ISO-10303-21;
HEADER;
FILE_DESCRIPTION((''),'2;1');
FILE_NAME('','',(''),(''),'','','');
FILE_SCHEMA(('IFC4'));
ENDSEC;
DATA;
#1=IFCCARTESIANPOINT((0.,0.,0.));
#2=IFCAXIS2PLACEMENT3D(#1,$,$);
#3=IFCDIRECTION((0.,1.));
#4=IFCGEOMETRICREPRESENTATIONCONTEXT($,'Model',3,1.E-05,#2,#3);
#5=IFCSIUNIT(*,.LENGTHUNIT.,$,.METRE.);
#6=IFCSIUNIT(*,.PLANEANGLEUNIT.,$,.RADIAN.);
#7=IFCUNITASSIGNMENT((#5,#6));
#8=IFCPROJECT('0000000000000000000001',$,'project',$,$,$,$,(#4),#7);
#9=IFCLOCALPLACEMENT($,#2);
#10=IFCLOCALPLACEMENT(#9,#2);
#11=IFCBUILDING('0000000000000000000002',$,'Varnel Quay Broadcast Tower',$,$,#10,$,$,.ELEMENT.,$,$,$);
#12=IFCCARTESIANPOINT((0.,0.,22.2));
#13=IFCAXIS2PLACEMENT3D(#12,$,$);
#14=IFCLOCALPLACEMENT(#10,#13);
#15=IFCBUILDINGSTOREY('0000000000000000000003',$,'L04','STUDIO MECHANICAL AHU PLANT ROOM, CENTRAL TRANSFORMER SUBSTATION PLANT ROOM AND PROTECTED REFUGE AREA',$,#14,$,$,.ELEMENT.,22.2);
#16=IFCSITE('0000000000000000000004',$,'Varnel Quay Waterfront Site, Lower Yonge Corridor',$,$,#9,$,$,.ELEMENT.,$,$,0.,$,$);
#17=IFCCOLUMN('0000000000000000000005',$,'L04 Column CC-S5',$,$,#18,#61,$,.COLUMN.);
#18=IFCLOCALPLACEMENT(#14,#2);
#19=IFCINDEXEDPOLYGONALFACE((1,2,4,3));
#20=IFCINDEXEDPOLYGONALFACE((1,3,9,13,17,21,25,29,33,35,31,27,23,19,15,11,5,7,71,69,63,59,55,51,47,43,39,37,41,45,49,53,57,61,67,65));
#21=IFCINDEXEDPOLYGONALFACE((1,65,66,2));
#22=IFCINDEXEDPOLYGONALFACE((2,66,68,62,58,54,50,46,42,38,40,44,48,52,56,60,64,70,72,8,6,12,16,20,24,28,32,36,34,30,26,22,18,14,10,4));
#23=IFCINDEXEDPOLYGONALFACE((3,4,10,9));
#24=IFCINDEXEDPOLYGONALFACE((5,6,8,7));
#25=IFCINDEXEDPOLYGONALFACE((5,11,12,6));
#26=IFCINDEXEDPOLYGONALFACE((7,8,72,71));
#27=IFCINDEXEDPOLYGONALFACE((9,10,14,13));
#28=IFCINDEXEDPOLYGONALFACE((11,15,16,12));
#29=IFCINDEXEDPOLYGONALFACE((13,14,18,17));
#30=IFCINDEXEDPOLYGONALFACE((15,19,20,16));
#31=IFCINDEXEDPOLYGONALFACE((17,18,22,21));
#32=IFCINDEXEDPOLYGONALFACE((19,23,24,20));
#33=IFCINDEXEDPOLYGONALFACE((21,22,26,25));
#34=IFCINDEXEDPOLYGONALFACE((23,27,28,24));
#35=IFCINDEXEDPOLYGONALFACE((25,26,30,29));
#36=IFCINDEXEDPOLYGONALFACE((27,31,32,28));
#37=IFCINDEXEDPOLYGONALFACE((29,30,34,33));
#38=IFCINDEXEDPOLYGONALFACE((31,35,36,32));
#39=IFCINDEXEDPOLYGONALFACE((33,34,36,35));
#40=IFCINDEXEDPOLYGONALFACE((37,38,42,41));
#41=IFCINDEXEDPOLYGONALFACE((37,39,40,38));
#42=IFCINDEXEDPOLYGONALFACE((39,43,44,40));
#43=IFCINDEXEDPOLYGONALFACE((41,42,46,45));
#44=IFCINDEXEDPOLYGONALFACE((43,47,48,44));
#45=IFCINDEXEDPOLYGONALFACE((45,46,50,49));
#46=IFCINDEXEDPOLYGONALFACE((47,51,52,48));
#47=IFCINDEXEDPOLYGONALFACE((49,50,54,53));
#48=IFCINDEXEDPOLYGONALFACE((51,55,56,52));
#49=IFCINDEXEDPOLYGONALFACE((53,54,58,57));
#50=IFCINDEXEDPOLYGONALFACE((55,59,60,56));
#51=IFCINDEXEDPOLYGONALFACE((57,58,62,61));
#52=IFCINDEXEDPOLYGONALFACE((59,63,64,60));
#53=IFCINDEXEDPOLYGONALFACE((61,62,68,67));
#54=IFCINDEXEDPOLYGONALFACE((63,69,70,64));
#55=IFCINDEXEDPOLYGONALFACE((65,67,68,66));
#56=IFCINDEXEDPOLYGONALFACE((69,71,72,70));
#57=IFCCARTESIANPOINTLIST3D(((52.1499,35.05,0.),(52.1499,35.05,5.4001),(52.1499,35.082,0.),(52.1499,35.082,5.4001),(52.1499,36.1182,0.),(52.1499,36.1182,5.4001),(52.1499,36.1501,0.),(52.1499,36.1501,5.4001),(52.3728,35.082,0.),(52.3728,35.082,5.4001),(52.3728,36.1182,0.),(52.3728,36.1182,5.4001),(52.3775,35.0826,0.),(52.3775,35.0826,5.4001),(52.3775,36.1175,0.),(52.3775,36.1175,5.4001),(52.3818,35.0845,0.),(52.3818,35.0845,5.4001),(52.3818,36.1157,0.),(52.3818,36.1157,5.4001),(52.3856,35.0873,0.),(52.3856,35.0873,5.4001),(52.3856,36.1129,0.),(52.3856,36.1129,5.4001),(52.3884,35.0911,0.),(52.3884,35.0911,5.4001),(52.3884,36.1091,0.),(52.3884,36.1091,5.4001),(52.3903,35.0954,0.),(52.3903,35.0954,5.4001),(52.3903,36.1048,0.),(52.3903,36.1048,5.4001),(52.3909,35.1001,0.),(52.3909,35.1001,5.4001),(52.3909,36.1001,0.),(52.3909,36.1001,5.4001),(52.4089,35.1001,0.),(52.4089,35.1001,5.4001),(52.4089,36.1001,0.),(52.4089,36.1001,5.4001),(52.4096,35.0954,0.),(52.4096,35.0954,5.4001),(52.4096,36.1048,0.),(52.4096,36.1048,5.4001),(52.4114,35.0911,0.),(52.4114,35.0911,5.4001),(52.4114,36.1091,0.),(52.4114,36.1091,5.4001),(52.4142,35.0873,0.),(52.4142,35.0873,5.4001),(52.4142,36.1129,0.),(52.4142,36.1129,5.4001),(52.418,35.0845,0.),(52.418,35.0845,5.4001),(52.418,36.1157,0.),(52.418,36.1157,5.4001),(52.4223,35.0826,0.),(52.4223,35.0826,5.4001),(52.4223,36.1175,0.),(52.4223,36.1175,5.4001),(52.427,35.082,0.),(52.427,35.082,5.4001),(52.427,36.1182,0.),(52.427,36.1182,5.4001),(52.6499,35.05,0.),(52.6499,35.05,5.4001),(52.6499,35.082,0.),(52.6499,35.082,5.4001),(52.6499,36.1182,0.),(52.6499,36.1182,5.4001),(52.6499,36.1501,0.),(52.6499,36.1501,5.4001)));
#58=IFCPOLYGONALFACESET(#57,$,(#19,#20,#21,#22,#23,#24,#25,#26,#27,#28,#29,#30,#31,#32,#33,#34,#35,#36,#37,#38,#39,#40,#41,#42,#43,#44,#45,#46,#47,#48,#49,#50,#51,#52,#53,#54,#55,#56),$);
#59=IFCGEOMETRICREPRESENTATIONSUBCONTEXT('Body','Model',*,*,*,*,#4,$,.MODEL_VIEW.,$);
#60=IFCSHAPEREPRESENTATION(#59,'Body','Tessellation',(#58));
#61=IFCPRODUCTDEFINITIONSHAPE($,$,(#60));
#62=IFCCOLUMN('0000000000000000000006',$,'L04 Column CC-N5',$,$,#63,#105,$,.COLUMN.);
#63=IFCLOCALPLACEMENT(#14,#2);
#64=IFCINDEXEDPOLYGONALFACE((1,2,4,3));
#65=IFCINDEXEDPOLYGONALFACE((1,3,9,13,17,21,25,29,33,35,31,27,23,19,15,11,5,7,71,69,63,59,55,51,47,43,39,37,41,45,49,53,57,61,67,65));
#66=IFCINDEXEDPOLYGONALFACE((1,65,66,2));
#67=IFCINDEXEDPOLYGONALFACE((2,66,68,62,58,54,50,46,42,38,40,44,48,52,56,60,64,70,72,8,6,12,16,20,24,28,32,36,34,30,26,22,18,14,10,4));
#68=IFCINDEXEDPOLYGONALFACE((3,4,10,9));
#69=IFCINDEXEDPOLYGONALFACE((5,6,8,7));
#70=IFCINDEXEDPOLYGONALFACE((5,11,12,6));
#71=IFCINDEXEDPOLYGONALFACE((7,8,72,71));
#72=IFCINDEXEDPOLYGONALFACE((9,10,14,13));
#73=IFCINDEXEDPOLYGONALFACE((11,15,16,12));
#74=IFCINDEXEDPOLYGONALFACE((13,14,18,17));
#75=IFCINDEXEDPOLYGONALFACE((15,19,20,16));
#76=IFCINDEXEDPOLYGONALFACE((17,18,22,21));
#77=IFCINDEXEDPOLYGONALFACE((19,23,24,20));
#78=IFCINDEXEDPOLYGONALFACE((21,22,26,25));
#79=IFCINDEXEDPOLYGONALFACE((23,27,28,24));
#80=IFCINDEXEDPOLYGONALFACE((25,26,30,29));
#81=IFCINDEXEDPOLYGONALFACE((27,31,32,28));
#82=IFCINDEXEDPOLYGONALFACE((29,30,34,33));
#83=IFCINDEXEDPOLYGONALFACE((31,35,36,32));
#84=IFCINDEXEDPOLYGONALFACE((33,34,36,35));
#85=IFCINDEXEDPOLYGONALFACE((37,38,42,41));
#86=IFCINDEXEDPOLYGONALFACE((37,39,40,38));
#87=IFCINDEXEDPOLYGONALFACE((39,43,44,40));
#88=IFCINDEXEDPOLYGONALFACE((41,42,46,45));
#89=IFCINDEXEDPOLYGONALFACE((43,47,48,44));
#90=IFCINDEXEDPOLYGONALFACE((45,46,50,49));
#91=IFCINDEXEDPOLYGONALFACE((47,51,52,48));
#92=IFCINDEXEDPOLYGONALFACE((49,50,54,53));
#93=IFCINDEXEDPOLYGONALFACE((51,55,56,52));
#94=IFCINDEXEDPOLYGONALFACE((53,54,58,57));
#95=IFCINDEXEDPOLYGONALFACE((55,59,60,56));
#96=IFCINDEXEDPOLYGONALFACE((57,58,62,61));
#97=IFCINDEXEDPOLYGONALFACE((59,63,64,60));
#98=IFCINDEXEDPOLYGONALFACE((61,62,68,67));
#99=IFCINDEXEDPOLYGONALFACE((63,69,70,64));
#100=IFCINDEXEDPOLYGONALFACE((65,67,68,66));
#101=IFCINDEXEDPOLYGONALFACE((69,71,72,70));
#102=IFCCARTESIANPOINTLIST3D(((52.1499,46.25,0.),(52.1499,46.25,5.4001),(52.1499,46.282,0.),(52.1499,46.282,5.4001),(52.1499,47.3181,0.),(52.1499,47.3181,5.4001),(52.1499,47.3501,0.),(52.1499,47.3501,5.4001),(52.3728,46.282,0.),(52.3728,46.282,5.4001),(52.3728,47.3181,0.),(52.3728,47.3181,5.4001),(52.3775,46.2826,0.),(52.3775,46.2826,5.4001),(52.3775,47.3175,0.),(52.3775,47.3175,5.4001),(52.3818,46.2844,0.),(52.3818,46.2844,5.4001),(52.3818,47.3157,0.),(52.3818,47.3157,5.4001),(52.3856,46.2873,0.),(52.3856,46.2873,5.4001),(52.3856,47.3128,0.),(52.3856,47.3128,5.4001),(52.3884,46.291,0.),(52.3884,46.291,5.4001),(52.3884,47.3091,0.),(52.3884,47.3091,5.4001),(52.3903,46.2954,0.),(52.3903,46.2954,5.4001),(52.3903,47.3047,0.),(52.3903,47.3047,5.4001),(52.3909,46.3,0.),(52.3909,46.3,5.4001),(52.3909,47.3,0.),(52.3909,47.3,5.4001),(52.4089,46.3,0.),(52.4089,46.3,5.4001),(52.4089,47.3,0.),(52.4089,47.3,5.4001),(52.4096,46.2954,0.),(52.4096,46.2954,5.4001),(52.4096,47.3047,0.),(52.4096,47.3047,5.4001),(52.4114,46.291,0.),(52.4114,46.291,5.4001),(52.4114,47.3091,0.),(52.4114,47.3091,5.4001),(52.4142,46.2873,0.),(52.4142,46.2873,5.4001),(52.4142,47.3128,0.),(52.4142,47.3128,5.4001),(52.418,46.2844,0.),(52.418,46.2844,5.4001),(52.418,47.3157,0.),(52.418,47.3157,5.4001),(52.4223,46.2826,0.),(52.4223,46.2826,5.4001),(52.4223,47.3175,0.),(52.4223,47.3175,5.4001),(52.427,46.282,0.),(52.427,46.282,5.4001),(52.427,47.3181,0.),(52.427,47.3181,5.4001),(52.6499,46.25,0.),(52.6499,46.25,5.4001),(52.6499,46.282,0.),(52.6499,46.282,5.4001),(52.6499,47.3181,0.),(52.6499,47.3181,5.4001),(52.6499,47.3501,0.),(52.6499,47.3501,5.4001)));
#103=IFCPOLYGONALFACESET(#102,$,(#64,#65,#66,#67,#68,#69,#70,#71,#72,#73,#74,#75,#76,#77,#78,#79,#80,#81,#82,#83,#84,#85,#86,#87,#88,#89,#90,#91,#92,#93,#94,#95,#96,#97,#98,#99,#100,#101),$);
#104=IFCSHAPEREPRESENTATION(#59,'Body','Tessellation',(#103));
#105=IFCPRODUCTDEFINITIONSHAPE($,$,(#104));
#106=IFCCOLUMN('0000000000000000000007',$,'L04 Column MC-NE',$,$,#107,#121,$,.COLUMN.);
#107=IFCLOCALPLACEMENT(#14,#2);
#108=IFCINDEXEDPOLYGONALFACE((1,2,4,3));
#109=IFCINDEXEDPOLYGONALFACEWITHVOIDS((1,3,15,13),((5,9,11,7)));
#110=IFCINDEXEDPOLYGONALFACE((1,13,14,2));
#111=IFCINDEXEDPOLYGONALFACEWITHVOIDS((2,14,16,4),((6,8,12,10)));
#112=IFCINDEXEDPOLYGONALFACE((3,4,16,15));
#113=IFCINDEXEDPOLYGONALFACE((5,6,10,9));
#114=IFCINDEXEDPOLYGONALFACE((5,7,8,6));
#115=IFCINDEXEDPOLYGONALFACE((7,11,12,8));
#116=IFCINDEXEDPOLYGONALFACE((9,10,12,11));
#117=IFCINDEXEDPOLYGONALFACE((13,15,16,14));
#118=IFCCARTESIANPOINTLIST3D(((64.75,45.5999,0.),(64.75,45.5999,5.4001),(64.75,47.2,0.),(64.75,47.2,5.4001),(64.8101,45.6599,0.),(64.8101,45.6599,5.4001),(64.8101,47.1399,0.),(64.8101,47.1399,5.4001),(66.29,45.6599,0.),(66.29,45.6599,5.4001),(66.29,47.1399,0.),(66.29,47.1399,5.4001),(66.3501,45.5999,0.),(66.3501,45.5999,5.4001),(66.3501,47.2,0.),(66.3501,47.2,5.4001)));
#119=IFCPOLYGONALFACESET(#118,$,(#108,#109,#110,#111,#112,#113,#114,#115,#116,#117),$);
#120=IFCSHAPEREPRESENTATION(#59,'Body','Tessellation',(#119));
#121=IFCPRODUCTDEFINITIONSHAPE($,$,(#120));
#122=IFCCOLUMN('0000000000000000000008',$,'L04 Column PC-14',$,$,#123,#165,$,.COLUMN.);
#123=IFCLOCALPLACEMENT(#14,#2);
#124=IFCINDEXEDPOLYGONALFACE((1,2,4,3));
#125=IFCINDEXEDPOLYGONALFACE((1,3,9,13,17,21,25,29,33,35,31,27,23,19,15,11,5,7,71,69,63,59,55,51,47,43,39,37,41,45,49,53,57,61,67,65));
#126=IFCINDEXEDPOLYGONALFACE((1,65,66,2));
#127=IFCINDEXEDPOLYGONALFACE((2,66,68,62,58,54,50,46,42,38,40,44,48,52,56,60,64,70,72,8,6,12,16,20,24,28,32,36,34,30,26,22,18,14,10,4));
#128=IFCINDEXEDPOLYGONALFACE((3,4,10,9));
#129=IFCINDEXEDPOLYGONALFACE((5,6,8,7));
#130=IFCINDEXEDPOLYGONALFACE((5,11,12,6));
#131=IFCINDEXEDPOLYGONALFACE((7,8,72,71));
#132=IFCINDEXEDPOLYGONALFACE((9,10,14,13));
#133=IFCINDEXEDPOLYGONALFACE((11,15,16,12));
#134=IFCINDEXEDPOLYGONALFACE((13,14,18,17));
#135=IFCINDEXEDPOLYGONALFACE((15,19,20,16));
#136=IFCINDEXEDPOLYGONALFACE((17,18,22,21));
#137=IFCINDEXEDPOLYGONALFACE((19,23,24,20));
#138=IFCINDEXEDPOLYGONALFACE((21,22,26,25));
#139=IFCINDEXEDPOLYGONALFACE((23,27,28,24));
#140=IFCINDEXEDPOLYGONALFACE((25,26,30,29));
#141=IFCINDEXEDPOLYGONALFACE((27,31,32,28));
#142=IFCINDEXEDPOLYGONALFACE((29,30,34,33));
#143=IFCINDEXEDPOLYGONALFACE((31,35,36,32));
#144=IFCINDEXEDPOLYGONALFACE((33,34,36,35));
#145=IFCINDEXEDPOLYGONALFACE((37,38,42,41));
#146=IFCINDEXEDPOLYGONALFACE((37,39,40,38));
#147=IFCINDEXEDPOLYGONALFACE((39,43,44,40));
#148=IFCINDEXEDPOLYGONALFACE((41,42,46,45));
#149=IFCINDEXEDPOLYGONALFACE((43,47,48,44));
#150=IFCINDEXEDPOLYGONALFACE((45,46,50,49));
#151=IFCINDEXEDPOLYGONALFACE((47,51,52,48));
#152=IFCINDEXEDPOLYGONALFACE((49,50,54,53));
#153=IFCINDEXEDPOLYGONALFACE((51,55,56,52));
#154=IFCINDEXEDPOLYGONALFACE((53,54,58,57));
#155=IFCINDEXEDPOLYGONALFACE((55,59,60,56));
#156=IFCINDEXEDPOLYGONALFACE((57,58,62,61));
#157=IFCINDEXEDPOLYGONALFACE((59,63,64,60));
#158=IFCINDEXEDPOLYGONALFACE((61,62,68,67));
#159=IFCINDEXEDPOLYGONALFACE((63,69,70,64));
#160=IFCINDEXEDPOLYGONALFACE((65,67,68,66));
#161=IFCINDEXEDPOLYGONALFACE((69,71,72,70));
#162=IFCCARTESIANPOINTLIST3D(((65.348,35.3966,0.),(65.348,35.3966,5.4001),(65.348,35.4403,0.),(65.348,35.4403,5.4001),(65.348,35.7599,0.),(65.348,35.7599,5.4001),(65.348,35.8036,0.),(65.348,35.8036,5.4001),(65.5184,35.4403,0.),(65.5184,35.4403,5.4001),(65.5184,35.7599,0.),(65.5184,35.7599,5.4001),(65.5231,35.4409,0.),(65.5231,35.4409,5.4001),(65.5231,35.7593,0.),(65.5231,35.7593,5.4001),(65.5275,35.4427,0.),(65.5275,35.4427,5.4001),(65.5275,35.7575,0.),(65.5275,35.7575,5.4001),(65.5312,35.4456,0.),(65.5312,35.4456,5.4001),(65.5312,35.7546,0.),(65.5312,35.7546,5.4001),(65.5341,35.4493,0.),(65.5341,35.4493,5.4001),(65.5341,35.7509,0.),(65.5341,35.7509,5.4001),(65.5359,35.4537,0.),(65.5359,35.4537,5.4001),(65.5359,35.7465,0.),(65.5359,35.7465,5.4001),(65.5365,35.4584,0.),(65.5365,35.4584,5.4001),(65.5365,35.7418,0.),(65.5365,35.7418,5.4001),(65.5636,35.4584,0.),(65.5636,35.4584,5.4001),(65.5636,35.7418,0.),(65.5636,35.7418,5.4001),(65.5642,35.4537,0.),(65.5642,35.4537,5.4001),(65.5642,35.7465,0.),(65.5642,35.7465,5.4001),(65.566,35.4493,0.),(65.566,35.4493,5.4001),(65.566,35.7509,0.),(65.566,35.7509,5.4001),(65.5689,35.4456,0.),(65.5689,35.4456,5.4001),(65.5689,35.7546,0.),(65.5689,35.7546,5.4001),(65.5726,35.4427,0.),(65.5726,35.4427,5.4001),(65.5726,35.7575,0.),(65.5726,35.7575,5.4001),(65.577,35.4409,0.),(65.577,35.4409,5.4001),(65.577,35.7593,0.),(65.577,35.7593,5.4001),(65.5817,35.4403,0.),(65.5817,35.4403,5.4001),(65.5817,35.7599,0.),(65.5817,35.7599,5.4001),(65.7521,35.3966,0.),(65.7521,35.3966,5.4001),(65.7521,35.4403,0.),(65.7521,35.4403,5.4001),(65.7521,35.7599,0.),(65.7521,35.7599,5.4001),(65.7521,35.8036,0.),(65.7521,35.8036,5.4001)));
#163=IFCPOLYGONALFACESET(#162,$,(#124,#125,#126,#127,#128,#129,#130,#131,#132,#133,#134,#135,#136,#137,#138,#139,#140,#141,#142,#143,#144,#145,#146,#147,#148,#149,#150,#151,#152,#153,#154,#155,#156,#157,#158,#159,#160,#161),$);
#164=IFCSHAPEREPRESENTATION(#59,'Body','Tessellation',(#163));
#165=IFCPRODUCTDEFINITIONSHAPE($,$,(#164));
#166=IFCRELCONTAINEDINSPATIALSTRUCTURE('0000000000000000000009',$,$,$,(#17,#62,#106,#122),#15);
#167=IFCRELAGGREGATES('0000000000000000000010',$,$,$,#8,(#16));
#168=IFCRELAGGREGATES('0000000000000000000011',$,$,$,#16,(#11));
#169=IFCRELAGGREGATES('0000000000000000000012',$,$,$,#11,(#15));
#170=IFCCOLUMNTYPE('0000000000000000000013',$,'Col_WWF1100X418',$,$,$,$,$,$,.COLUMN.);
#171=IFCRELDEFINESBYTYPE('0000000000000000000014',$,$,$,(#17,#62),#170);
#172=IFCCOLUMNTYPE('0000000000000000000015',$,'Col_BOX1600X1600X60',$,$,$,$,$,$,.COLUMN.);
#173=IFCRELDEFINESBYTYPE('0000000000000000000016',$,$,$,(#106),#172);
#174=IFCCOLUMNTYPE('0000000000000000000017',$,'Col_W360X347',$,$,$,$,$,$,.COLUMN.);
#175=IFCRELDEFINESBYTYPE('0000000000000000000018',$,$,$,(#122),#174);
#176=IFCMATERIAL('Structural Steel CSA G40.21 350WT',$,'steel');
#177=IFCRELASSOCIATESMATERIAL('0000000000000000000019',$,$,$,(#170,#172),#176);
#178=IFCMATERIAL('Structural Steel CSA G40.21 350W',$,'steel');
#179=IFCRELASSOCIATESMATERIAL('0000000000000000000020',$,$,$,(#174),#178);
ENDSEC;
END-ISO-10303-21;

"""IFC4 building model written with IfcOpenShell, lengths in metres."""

from ifc_helpers import new_model, si_unit, direction, frame, origin, origin_2d, place, context, subcontext, project, spatial, hollow_rectangle, i_section, extrude, source, transform, mapped, material, material_profile, profile_set, type_object, type_shapes, element, save


model = new_model("IFC4")

# Units and contexts
model_context = context("Model", 3, precision=1e-05, world=origin(), true_north=direction((0.0, 1.0)))
body_context = subcontext(model_context, "Body", "Model", "MODEL_VIEW")
ifc_project = project(units=[si_unit("LENGTHUNIT", "METRE"), si_unit("PLANEANGLEUNIT", "RADIAN")], contexts=[model_context])

# Site, building, storey
site_placement = place(None, origin())
site = spatial("IfcSite", under=ifc_project, at=site_placement, Name="Varnel Quay Waterfront Site, Lower Yonge Corridor", CompositionType="ELEMENT", RefElevation=0.0)
building_placement = place(site_placement, origin())
building = spatial("IfcBuilding", under=site, at=building_placement, Name="Varnel Quay Broadcast Tower", CompositionType="ELEMENT")
storey_placement = place(building_placement, frame((0.0, 0.0, 22.2)))
storey = spatial("IfcBuildingStorey", under=building, at=storey_placement, Name="L04", Description="STUDIO MECHANICAL AHU PLANT ROOM, CENTRAL TRANSFORMER SUBSTATION PLANT ROOM AND PROTECTED REFUGE AREA", CompositionType="ELEMENT", Elevation=22.2)

# Columns
ifc_material_1 = material(Name="Structural Steel CSA G40.21 350WT", Category="steel")
ifc_material_profile_1 = material_profile(ifc_material_1, i_section(OverallWidth=0.5, OverallDepth=1.1001, WebThickness=0.0181, FlangeThickness=0.032, FilletRadius=0.0181, at=origin_2d()), Name="WWF1100X418")
ifc_profile_set_1 = profile_set([ifc_material_profile_1], Name="Structural Steel CSA G40.21 350WT")
column_type_1 = type_object("IfcColumnType", Name="Col_WWF1100X418", PredefinedType="COLUMN", material=ifc_profile_set_1)
shared_shape_1 = source(origin(), body_context, "Body", "SweptSolid", [
    extrude(i_section(OverallWidth=0.5, OverallDepth=1.1001, WebThickness=0.0181, FlangeThickness=0.032, FilletRadius=0.0181, at=origin_2d()), origin(), (0.0, 0.0, 1.0), 5.4001),
])
type_shapes(column_type_1, [shared_shape_1])
for number, where, z_axis, x_axis, name in (
    (1, (52.3999, 35.6001, 0.0), (0.0, 0.0, 1.0), (1.0, 0.0, 0.0), "L04 Column CC-S5"),
    (2, (52.3999, 46.8, 0.0), (0.0, 0.0, 1.0), (1.0, 0.0, 0.0), "L04 Column CC-N5"),
):
    element("IfcColumn", number, at=place(storey_placement, frame(where, z_axis=z_axis, x_axis=x_axis)), inside=storey, type_object=column_type_1, Name=name, PredefinedType="COLUMN", context=body_context, shape_type="MappedRepresentation", body=[
        mapped(shared_shape_1, transform((0.0, 0.0, 0.0), x_axis=(1.0, 0.0, 0.0), y_axis=(0.0, 1.0, 0.0), z_axis=(0.0, 0.0, 1.0), scale=1.0)),
    ])
ifc_material_profile_2 = material_profile(ifc_material_1, hollow_rectangle(XDim=1.6001, YDim=1.6001, WallThickness=0.0601, at=origin_2d()), Name="BOX1600X1600X60")
ifc_profile_set_2 = profile_set([ifc_material_profile_2], Name="Structural Steel CSA G40.21 350WT")
column_type_2 = type_object("IfcColumnType", Name="Col_BOX1600X1600X60", PredefinedType="COLUMN", material=ifc_profile_set_2)
shared_shape_2 = source(origin(), body_context, "Body", "SweptSolid", [
    extrude(hollow_rectangle(XDim=1.6001, YDim=1.6001, WallThickness=0.0601, at=origin_2d()), origin(), (0.0, 0.0, 1.0), 5.4001),
])
type_shapes(column_type_2, [shared_shape_2])
column_1_placement = place(storey_placement, frame((65.55, 46.3999, 0.0), z_axis=(0.0, 0.0, 1.0), x_axis=(1.0, 0.0, 0.0)))
element("IfcColumn", 3, at=column_1_placement, inside=storey, type_object=column_type_2, Name="L04 Column MC-NE", PredefinedType="COLUMN", context=body_context, shape_type="MappedRepresentation", body=[
    mapped(shared_shape_2, transform((0.0, 0.0, 0.0), x_axis=(1.0, 0.0, 0.0), y_axis=(0.0, 1.0, 0.0), z_axis=(0.0, 0.0, 1.0), scale=1.0)),
])
ifc_material_2 = material(Name="Structural Steel CSA G40.21 350W", Category="steel")
ifc_material_profile_3 = material_profile(ifc_material_2, i_section(OverallWidth=0.4041, OverallDepth=0.407, WebThickness=0.0271, FlangeThickness=0.0437, FilletRadius=0.0181, at=origin_2d()), Name="W360X347")
ifc_profile_set_3 = profile_set([ifc_material_profile_3], Name="Structural Steel CSA G40.21 350W")
column_type_3 = type_object("IfcColumnType", Name="Col_W360X347", PredefinedType="COLUMN", material=ifc_profile_set_3)
shared_shape_3 = source(origin(), body_context, "Body", "SweptSolid", [
    extrude(i_section(OverallWidth=0.4041, OverallDepth=0.407, WebThickness=0.0271, FlangeThickness=0.0437, FilletRadius=0.0181, at=origin_2d()), origin(), (0.0, 0.0, 1.0), 5.4001),
])
type_shapes(column_type_3, [shared_shape_3])
column_2_placement = place(storey_placement, frame((65.55, 35.6001, 0.0), z_axis=(0.0, 0.0, 1.0), x_axis=(1.0, 0.0, 0.0)))
element("IfcColumn", 4, at=column_2_placement, inside=storey, type_object=column_type_3, Name="L04 Column PC-14", PredefinedType="COLUMN", context=body_context, shape_type="MappedRepresentation", body=[
    mapped(shared_shape_3, transform((0.0, 0.0, 0.0), x_axis=(1.0, 0.0, 0.0), y_axis=(0.0, 1.0, 0.0), z_axis=(0.0, 0.0, 1.0), scale=1.0)),
])

save(model, "model.ifc")
